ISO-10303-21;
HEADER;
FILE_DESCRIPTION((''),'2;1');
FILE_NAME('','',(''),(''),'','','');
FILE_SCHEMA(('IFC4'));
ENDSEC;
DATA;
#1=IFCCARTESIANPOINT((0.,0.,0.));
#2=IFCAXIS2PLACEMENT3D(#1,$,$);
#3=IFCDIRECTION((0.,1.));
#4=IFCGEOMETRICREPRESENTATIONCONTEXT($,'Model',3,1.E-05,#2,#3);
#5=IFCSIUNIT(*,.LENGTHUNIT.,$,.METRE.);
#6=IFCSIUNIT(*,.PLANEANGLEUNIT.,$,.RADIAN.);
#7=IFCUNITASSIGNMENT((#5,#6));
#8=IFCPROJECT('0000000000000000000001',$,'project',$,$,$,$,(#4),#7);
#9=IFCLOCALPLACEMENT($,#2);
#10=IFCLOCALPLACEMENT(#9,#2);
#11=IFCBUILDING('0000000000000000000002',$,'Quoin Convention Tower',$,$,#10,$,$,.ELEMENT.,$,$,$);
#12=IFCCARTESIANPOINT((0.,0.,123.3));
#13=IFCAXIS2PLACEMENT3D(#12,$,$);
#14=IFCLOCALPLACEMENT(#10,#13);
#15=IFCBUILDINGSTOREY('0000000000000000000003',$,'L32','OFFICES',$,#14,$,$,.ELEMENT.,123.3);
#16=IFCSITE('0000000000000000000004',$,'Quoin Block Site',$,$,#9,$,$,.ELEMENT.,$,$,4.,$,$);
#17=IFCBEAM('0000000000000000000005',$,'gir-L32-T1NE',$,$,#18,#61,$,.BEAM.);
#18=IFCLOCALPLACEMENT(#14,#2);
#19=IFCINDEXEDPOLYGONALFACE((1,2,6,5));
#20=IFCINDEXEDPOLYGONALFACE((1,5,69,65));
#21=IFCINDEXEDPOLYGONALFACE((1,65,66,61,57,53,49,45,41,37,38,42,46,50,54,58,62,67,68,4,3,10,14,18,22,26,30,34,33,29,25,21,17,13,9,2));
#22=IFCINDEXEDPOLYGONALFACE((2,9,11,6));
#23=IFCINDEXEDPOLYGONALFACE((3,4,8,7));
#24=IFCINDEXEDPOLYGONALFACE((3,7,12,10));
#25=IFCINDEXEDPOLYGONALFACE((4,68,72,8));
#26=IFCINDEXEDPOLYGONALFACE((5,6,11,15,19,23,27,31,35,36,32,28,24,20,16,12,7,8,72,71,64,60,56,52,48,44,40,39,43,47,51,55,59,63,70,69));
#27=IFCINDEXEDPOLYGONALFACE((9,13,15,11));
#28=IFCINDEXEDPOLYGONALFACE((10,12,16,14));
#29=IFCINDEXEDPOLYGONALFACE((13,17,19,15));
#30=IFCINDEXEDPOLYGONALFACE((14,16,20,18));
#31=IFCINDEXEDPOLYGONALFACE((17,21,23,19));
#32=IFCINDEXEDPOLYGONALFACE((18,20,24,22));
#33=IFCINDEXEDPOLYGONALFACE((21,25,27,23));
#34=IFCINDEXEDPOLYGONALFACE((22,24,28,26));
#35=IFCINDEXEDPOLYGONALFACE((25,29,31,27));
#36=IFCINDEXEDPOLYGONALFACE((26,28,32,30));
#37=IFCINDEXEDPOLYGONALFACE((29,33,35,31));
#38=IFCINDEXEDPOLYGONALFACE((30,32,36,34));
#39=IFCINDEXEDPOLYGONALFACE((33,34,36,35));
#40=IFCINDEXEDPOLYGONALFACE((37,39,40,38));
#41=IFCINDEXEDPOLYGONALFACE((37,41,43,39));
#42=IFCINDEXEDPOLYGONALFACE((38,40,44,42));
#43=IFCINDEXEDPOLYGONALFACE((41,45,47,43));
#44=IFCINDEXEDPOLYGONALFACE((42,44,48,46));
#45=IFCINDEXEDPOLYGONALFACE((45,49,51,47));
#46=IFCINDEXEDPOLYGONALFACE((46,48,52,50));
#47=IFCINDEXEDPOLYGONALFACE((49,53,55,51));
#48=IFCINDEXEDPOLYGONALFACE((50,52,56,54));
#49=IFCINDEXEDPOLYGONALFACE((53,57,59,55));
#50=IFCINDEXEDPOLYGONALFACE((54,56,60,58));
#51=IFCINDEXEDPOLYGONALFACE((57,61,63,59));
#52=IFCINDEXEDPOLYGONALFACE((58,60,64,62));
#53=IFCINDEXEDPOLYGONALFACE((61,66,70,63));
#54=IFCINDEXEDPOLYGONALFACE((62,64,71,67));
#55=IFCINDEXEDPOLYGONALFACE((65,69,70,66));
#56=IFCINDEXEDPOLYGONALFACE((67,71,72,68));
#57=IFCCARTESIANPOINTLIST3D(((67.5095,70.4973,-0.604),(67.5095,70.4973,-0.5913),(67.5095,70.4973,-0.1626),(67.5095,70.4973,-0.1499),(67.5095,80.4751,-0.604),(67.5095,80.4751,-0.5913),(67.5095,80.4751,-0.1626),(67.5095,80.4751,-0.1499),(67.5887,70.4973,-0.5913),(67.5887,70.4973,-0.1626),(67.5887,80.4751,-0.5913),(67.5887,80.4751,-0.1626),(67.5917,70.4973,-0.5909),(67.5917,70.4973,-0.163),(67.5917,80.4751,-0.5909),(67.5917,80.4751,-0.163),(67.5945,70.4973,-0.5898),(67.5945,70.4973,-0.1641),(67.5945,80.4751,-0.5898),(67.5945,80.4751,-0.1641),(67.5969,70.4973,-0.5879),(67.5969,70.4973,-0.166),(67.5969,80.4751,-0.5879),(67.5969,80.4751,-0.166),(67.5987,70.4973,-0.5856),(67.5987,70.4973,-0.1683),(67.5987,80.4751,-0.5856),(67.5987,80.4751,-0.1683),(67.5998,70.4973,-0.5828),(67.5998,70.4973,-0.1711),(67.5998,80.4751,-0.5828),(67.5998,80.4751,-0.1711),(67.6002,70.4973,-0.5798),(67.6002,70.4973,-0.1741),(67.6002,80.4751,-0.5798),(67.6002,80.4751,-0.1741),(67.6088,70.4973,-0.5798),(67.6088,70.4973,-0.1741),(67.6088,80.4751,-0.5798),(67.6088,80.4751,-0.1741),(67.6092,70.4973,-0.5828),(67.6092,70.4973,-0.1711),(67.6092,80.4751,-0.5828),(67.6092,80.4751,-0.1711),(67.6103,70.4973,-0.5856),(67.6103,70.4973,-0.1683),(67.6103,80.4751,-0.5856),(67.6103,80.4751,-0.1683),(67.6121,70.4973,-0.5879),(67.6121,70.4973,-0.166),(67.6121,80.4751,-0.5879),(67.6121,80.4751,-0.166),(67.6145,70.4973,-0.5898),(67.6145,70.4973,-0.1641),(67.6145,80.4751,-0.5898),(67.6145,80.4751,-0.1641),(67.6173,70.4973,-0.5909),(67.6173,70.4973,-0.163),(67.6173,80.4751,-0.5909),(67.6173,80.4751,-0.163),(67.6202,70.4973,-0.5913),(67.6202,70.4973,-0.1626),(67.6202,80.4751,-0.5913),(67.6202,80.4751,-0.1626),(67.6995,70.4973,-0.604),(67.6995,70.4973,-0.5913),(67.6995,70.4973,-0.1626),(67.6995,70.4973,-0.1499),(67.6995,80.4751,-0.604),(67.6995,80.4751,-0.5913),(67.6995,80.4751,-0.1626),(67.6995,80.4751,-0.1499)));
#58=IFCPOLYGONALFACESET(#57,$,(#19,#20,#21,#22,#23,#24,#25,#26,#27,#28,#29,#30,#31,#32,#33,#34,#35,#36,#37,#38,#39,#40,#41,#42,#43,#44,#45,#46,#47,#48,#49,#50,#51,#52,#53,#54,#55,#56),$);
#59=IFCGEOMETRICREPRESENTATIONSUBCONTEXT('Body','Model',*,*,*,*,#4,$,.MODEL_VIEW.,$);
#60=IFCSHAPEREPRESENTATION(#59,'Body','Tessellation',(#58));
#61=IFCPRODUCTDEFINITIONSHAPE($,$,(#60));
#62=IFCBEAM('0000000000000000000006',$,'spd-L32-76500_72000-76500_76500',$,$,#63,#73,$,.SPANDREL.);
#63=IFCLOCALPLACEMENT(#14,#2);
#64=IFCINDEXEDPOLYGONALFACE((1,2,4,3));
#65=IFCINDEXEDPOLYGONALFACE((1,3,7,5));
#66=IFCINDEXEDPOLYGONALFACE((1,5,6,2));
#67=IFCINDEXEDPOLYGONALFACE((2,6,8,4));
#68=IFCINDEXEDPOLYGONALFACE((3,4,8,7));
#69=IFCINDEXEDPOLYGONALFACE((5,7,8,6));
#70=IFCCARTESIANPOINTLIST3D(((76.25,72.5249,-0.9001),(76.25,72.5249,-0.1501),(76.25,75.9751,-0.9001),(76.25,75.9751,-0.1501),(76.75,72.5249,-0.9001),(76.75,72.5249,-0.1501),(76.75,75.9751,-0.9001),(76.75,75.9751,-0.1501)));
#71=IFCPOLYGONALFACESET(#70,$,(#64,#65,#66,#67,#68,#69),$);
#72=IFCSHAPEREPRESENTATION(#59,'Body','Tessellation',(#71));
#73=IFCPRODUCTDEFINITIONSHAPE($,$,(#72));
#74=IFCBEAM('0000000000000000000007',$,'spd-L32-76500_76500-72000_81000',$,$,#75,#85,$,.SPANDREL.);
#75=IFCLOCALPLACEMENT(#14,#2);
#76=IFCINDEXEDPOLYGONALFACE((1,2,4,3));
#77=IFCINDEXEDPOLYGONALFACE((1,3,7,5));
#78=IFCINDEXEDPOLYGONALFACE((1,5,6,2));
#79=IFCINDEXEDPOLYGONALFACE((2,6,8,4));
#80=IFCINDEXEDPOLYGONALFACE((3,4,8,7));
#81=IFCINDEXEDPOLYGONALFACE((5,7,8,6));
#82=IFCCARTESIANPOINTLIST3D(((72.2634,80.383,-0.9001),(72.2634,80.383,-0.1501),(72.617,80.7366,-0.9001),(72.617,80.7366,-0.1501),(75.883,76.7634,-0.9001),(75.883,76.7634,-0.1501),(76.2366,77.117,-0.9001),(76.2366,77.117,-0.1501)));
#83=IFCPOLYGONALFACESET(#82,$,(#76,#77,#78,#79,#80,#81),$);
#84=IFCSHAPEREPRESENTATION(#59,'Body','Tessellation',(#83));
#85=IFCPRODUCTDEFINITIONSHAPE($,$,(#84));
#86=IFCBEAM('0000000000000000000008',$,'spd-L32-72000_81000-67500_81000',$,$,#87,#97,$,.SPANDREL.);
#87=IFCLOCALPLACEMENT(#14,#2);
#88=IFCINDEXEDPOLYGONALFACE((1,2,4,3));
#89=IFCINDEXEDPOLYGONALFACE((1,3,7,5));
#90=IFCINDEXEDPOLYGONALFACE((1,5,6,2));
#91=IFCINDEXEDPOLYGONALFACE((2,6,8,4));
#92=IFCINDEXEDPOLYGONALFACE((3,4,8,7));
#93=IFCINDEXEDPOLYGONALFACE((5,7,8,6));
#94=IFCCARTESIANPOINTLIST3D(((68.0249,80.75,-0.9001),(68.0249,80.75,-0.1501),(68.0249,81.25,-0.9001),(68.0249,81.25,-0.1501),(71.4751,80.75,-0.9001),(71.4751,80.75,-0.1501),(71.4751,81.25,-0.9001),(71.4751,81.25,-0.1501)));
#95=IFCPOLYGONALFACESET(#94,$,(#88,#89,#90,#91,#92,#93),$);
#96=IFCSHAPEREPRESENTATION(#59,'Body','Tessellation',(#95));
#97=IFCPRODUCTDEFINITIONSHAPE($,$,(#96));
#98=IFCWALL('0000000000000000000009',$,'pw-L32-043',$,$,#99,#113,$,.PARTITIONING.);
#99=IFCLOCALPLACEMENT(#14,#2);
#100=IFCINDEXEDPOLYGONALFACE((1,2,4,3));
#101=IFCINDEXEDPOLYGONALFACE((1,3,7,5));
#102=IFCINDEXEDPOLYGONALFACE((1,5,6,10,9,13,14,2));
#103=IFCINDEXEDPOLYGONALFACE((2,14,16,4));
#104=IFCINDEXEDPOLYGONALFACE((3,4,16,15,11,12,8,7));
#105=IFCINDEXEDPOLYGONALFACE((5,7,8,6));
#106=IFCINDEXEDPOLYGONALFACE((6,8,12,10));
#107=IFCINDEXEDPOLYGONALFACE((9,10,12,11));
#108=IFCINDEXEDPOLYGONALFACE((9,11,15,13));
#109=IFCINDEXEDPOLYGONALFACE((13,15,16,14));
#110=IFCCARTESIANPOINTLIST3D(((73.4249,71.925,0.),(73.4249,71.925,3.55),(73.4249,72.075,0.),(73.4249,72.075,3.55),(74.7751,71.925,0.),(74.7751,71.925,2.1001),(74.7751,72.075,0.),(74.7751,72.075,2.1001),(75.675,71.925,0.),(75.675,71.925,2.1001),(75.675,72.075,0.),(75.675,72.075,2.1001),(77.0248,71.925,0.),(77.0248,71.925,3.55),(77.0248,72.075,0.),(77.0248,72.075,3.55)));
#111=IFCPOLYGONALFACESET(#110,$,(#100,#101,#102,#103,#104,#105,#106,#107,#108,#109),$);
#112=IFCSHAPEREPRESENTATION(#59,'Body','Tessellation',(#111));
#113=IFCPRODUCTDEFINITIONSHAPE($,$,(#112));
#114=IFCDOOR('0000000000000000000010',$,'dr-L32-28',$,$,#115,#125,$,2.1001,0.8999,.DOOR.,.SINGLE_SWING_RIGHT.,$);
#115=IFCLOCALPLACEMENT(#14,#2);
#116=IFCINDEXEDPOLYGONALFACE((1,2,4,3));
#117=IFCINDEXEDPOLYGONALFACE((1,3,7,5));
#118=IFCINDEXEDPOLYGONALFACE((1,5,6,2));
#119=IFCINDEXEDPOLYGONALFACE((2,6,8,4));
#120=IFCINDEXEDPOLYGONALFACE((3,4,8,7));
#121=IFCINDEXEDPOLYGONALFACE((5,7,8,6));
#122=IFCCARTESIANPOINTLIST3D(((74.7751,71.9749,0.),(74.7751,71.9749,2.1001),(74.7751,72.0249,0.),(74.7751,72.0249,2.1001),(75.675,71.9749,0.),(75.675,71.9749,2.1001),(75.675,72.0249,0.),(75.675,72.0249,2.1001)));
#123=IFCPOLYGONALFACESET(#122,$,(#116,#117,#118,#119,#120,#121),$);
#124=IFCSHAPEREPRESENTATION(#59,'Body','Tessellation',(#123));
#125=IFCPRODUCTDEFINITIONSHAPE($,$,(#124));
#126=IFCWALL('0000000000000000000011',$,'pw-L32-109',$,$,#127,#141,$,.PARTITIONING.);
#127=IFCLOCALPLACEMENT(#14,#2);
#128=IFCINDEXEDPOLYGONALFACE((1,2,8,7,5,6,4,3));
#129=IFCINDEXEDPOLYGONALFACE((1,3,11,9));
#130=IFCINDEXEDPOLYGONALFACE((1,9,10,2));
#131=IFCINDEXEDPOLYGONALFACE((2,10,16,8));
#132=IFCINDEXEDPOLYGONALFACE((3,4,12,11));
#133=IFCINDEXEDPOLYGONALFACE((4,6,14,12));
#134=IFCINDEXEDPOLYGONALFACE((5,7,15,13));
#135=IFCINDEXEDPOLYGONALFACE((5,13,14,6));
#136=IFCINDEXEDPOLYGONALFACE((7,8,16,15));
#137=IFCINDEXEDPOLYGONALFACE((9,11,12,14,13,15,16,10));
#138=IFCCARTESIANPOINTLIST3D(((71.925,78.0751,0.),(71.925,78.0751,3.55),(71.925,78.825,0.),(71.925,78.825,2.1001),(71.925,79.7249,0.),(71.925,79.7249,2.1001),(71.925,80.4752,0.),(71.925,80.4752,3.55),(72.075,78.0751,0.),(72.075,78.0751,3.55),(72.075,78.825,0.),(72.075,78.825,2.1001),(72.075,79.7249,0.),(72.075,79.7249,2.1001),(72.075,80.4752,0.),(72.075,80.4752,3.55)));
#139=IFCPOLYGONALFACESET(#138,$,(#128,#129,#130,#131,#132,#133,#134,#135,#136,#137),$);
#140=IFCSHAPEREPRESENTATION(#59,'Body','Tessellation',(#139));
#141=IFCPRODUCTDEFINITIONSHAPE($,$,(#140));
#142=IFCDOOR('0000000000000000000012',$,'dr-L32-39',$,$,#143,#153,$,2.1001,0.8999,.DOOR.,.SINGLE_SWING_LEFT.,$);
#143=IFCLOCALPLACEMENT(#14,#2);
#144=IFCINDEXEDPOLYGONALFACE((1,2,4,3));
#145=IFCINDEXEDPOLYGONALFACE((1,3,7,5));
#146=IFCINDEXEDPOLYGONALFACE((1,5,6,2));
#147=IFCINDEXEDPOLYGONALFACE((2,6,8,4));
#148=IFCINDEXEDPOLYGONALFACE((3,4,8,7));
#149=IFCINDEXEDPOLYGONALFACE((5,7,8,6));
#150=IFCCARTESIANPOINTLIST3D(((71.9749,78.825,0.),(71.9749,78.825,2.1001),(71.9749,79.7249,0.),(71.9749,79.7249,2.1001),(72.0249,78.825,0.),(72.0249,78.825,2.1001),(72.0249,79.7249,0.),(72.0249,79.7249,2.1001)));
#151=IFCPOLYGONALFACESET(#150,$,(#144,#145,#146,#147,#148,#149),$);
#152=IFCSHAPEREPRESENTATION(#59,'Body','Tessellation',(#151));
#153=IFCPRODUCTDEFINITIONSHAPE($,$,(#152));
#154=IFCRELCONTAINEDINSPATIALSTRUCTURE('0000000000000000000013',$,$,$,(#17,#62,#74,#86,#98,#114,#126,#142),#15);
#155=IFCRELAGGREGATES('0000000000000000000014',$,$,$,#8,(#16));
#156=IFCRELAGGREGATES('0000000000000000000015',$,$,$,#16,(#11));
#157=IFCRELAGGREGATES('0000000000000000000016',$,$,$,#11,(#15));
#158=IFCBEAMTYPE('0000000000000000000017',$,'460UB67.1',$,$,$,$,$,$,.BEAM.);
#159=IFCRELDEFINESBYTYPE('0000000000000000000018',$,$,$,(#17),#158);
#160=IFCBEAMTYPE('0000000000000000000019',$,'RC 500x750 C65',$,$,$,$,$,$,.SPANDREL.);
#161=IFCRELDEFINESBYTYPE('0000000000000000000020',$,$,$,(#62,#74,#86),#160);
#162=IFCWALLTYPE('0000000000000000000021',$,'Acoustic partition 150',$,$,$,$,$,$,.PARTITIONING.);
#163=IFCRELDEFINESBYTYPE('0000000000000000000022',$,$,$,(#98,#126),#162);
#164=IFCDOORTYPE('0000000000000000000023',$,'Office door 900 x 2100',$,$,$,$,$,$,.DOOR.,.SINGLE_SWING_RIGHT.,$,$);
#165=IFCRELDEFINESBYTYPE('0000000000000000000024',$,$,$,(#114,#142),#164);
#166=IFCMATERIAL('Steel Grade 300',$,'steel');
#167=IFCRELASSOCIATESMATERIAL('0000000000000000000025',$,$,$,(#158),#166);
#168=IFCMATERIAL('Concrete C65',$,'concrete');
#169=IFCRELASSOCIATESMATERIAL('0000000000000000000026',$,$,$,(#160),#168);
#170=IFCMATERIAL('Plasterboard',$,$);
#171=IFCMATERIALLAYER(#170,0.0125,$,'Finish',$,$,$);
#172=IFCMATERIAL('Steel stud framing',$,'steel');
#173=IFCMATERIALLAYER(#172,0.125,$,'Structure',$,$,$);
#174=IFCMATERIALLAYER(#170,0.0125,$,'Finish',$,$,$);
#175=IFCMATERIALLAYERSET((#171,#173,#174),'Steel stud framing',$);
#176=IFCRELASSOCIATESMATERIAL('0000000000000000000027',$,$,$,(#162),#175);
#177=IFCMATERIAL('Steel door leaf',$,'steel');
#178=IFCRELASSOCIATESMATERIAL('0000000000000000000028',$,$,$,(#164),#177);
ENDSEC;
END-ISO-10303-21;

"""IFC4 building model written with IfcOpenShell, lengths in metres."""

from ifc_helpers import new_model, si_unit, direction, frame, frame_2d, origin, origin_2d, place, context, subcontext, project, spatial, rectangle, i_section, extrude, material, layer, layer_set, material_profile, profile_set, type_object, element, fill, save


model = new_model("IFC4")

# Units and contexts
model_context = context("Model", 3, precision=1e-05, world=origin(), true_north=direction((0.0, 1.0)))
body_context = subcontext(model_context, "Body", "Model", "MODEL_VIEW")
ifc_project = project(units=[si_unit("LENGTHUNIT", "METRE"), si_unit("PLANEANGLEUNIT", "RADIAN")], contexts=[model_context])

# Site, building, storey
site_placement = place(None, origin())
site = spatial("IfcSite", under=ifc_project, at=site_placement, Name="Quoin Block Site", CompositionType="ELEMENT", RefElevation=4.0)
building_placement = place(site_placement, origin())
building = spatial("IfcBuilding", under=site, at=building_placement, Name="Quoin Convention Tower", CompositionType="ELEMENT")
storey_placement = place(building_placement, frame((0.0, 0.0, 123.3)))
storey = spatial("IfcBuildingStorey", under=building, at=storey_placement, Name="L32", Description="OFFICES", CompositionType="ELEMENT", Elevation=123.3)

# Shared definitions
ifc_material_1 = material(Name="Concrete C65", Category="concrete")

# Beams
ifc_material_2 = material(Name="Steel Grade 300", Category="steel")
ifc_material_profile_1 = material_profile(ifc_material_2, i_section(OverallWidth=0.1899, OverallDepth=0.4541, WebThickness=0.0085, FlangeThickness=0.0127, FilletRadius=0.0115, at=origin_2d()), Name="460UB67.1")
ifc_profile_set_1 = profile_set([ifc_material_profile_1], Name="Steel Grade 300")
beam_type_1 = type_object("IfcBeamType", Name="460UB67.1", PredefinedType="BEAM", material=ifc_profile_set_1)
beam_1_placement = place(storey_placement, frame((67.6045, 80.4751, -0.377), z_axis=(0.0, -1.0, 0.0), x_axis=(1.0, 0.0, 0.0)))
element("IfcBeam", 1, at=beam_1_placement, inside=storey, type_object=beam_type_1, Name="gir-L32-T1NE", PredefinedType="BEAM", context=body_context, shape_type="SweptSolid", body=[
    extrude(i_section(OverallWidth=0.1899, OverallDepth=0.4541, WebThickness=0.0085, FlangeThickness=0.0127, FilletRadius=0.0115, at=origin_2d()), origin(), (0.0, 0.0, 1.0), 9.9778),
])
ifc_material_profile_2 = material_profile(ifc_material_1, rectangle(XDim=0.5, YDim=0.75, at=origin_2d()), Name="RC 500x750")
ifc_profile_set_2 = profile_set([ifc_material_profile_2], Name="Concrete C65")
beam_type_2 = type_object("IfcBeamType", Name="RC 500x750 C65", PredefinedType="SPANDREL", material=ifc_profile_set_2)
beam_2_placement = place(storey_placement, frame((76.5, 72.5249, -0.5251), z_axis=(0.0, 1.0, 0.0), x_axis=(-1.0, 0.0, 0.0)))
element("IfcBeam", 2, at=beam_2_placement, inside=storey, type_object=beam_type_2, Name="spd-L32-76500_72000-76500_76500", PredefinedType="SPANDREL", context=body_context, shape_type="SweptSolid", body=[
    extrude(rectangle(XDim=0.5, YDim=0.75, at=origin_2d()), origin(), (0.0, 0.0, 1.0), 3.4502),
])
beam_3_placement = place(storey_placement, frame((76.0598, 76.9402, -0.5251), z_axis=(-0.707107, 0.707107, 0.0), x_axis=(-0.707107, -0.707107, 0.0)))
element("IfcBeam", 3, at=beam_3_placement, inside=storey, type_object=beam_type_2, Name="spd-L32-76500_76500-72000_81000", PredefinedType="SPANDREL", context=body_context, shape_type="SweptSolid", body=[
    extrude(rectangle(XDim=0.5, YDim=0.75, at=origin_2d()), origin(), (0.0, 0.0, 1.0), 5.1189),
])
beam_4_placement = place(storey_placement, frame((71.4751, 81.0, -0.5251), z_axis=(-1.0, 0.0, 0.0), x_axis=(0.0, -1.0, 0.0)))
element("IfcBeam", 4, at=beam_4_placement, inside=storey, type_object=beam_type_2, Name="spd-L32-72000_81000-67500_81000", PredefinedType="SPANDREL", context=body_context, shape_type="SweptSolid", body=[
    extrude(rectangle(XDim=0.5, YDim=0.75, at=origin_2d()), origin(), (0.0, 0.0, 1.0), 3.4502),
])

# Walls, openings, doors
ifc_material_3 = material(Name="Plasterboard")
ifc_layer_1 = layer(ifc_material_3, 0.0125, Name="Finish")
ifc_material_4 = material(Name="Steel stud framing", Category="steel")
ifc_layer_2 = layer(ifc_material_4, 0.125, Name="Structure")
ifc_layer_3 = layer(ifc_material_3, 0.0125, Name="Finish")
ifc_layer_set_1 = layer_set([ifc_layer_1, ifc_layer_2, ifc_layer_3], Name="Steel stud framing")
wall_type_1 = type_object("IfcWallType", Name="Acoustic partition 150", PredefinedType="PARTITIONING", material=ifc_layer_set_1)
wall_1_placement = place(storey_placement, frame((73.425, 72.0, 0.0), z_axis=(0.0, 0.0, 1.0), x_axis=(1.0, 0.0, 0.0)))
wall_1 = element("IfcWall", 5, at=wall_1_placement, inside=storey, type_object=wall_type_1, Name="pw-L32-043", PredefinedType="PARTITIONING", context=body_context, shape_type="SweptSolid", body=[
    extrude(rectangle(XDim=3.5999, YDim=0.1499, at=frame_2d((1.7998, 0.0))), origin(), (0.0, 0.0, 1.0), 3.55),
])
opening_1_placement = place(wall_1_placement, frame((1.3501, 0.0, 0.0)))
opening_1 = element("IfcOpeningElement", 6, at=opening_1_placement, cuts=wall_1, PredefinedType="OPENING", context=body_context, shape_type="SweptSolid", body=[
    extrude(rectangle(XDim=0.8999, YDim=2.1001, at=frame_2d((0.45, 1.05))), frame((0.0, 0.085, 0.0), z_axis=(0.0, -1.0, 0.0), x_axis=(1.0, 0.0, 0.0)), (0.0, 0.0, 1.0), 0.1699),
])
ifc_material_5 = material(Name="Steel door leaf", Category="steel")
door_type = type_object("IfcDoorType", Name="Office door 900 x 2100", OperationType="SINGLE_SWING_RIGHT", PredefinedType="DOOR", material=ifc_material_5)
door_1_placement = place(opening_1_placement, origin())
door_1 = element("IfcDoor", 7, at=door_1_placement, inside=storey, type_object=door_type, Name="dr-L32-28", OperationType="SINGLE_SWING_RIGHT", OverallHeight=2.1001, OverallWidth=0.8999, PredefinedType="DOOR", context=body_context, shape_type="SweptSolid", body=[
    extrude(rectangle(XDim=0.8999, YDim=2.1001, at=frame_2d((0.45, 1.05))), frame((0.0, 0.0249, 0.0), z_axis=(0.0, -1.0, 0.0), x_axis=(1.0, 0.0, 0.0)), (0.0, 0.0, 1.0), 0.05),
])
fill(opening_1, door_1)
wall_2_placement = place(storey_placement, frame((72.0, 78.075, 0.0), z_axis=(0.0, 0.0, 1.0), x_axis=(0.0, 1.0, 0.0)))
wall_2 = element("IfcWall", 8, at=wall_2_placement, inside=storey, type_object=wall_type_1, Name="pw-L32-109", PredefinedType="PARTITIONING", context=body_context, shape_type="SweptSolid", body=[
    extrude(rectangle(XDim=2.4001, YDim=0.1499, at=frame_2d((1.2002, 0.0))), origin(), (0.0, 0.0, 1.0), 3.55),
])
opening_2_placement = place(wall_2_placement, frame((0.75, 0.0, 0.0)))
opening_2 = element("IfcOpeningElement", 9, at=opening_2_placement, cuts=wall_2, PredefinedType="OPENING", context=body_context, shape_type="SweptSolid", body=[
    extrude(rectangle(XDim=0.8999, YDim=2.1001, at=frame_2d((0.45, 1.05))), frame((0.0, 0.085, 0.0), z_axis=(0.0, -1.0, 0.0), x_axis=(1.0, 0.0, 0.0)), (0.0, 0.0, 1.0), 0.1699),
])
door_2_placement = place(opening_2_placement, frame((0.8999, 0.0, 0.0), z_axis=(0.0, 0.0, 1.0), x_axis=(-1.0, 0.0, 0.0)))
door_2 = element("IfcDoor", 10, at=door_2_placement, inside=storey, type_object=door_type, Name="dr-L32-39", OperationType="SINGLE_SWING_LEFT", OverallHeight=2.1001, OverallWidth=0.8999, PredefinedType="DOOR", context=body_context, shape_type="SweptSolid", body=[
    extrude(rectangle(XDim=0.8999, YDim=2.1001, at=frame_2d((0.45, 1.05))), frame((0.0, 0.0249, 0.0), z_axis=(0.0, -1.0, 0.0), x_axis=(1.0, 0.0, 0.0)), (0.0, 0.0, 1.0), 0.05),
])
fill(opening_2, door_2)

save(model, "model.ifc")
